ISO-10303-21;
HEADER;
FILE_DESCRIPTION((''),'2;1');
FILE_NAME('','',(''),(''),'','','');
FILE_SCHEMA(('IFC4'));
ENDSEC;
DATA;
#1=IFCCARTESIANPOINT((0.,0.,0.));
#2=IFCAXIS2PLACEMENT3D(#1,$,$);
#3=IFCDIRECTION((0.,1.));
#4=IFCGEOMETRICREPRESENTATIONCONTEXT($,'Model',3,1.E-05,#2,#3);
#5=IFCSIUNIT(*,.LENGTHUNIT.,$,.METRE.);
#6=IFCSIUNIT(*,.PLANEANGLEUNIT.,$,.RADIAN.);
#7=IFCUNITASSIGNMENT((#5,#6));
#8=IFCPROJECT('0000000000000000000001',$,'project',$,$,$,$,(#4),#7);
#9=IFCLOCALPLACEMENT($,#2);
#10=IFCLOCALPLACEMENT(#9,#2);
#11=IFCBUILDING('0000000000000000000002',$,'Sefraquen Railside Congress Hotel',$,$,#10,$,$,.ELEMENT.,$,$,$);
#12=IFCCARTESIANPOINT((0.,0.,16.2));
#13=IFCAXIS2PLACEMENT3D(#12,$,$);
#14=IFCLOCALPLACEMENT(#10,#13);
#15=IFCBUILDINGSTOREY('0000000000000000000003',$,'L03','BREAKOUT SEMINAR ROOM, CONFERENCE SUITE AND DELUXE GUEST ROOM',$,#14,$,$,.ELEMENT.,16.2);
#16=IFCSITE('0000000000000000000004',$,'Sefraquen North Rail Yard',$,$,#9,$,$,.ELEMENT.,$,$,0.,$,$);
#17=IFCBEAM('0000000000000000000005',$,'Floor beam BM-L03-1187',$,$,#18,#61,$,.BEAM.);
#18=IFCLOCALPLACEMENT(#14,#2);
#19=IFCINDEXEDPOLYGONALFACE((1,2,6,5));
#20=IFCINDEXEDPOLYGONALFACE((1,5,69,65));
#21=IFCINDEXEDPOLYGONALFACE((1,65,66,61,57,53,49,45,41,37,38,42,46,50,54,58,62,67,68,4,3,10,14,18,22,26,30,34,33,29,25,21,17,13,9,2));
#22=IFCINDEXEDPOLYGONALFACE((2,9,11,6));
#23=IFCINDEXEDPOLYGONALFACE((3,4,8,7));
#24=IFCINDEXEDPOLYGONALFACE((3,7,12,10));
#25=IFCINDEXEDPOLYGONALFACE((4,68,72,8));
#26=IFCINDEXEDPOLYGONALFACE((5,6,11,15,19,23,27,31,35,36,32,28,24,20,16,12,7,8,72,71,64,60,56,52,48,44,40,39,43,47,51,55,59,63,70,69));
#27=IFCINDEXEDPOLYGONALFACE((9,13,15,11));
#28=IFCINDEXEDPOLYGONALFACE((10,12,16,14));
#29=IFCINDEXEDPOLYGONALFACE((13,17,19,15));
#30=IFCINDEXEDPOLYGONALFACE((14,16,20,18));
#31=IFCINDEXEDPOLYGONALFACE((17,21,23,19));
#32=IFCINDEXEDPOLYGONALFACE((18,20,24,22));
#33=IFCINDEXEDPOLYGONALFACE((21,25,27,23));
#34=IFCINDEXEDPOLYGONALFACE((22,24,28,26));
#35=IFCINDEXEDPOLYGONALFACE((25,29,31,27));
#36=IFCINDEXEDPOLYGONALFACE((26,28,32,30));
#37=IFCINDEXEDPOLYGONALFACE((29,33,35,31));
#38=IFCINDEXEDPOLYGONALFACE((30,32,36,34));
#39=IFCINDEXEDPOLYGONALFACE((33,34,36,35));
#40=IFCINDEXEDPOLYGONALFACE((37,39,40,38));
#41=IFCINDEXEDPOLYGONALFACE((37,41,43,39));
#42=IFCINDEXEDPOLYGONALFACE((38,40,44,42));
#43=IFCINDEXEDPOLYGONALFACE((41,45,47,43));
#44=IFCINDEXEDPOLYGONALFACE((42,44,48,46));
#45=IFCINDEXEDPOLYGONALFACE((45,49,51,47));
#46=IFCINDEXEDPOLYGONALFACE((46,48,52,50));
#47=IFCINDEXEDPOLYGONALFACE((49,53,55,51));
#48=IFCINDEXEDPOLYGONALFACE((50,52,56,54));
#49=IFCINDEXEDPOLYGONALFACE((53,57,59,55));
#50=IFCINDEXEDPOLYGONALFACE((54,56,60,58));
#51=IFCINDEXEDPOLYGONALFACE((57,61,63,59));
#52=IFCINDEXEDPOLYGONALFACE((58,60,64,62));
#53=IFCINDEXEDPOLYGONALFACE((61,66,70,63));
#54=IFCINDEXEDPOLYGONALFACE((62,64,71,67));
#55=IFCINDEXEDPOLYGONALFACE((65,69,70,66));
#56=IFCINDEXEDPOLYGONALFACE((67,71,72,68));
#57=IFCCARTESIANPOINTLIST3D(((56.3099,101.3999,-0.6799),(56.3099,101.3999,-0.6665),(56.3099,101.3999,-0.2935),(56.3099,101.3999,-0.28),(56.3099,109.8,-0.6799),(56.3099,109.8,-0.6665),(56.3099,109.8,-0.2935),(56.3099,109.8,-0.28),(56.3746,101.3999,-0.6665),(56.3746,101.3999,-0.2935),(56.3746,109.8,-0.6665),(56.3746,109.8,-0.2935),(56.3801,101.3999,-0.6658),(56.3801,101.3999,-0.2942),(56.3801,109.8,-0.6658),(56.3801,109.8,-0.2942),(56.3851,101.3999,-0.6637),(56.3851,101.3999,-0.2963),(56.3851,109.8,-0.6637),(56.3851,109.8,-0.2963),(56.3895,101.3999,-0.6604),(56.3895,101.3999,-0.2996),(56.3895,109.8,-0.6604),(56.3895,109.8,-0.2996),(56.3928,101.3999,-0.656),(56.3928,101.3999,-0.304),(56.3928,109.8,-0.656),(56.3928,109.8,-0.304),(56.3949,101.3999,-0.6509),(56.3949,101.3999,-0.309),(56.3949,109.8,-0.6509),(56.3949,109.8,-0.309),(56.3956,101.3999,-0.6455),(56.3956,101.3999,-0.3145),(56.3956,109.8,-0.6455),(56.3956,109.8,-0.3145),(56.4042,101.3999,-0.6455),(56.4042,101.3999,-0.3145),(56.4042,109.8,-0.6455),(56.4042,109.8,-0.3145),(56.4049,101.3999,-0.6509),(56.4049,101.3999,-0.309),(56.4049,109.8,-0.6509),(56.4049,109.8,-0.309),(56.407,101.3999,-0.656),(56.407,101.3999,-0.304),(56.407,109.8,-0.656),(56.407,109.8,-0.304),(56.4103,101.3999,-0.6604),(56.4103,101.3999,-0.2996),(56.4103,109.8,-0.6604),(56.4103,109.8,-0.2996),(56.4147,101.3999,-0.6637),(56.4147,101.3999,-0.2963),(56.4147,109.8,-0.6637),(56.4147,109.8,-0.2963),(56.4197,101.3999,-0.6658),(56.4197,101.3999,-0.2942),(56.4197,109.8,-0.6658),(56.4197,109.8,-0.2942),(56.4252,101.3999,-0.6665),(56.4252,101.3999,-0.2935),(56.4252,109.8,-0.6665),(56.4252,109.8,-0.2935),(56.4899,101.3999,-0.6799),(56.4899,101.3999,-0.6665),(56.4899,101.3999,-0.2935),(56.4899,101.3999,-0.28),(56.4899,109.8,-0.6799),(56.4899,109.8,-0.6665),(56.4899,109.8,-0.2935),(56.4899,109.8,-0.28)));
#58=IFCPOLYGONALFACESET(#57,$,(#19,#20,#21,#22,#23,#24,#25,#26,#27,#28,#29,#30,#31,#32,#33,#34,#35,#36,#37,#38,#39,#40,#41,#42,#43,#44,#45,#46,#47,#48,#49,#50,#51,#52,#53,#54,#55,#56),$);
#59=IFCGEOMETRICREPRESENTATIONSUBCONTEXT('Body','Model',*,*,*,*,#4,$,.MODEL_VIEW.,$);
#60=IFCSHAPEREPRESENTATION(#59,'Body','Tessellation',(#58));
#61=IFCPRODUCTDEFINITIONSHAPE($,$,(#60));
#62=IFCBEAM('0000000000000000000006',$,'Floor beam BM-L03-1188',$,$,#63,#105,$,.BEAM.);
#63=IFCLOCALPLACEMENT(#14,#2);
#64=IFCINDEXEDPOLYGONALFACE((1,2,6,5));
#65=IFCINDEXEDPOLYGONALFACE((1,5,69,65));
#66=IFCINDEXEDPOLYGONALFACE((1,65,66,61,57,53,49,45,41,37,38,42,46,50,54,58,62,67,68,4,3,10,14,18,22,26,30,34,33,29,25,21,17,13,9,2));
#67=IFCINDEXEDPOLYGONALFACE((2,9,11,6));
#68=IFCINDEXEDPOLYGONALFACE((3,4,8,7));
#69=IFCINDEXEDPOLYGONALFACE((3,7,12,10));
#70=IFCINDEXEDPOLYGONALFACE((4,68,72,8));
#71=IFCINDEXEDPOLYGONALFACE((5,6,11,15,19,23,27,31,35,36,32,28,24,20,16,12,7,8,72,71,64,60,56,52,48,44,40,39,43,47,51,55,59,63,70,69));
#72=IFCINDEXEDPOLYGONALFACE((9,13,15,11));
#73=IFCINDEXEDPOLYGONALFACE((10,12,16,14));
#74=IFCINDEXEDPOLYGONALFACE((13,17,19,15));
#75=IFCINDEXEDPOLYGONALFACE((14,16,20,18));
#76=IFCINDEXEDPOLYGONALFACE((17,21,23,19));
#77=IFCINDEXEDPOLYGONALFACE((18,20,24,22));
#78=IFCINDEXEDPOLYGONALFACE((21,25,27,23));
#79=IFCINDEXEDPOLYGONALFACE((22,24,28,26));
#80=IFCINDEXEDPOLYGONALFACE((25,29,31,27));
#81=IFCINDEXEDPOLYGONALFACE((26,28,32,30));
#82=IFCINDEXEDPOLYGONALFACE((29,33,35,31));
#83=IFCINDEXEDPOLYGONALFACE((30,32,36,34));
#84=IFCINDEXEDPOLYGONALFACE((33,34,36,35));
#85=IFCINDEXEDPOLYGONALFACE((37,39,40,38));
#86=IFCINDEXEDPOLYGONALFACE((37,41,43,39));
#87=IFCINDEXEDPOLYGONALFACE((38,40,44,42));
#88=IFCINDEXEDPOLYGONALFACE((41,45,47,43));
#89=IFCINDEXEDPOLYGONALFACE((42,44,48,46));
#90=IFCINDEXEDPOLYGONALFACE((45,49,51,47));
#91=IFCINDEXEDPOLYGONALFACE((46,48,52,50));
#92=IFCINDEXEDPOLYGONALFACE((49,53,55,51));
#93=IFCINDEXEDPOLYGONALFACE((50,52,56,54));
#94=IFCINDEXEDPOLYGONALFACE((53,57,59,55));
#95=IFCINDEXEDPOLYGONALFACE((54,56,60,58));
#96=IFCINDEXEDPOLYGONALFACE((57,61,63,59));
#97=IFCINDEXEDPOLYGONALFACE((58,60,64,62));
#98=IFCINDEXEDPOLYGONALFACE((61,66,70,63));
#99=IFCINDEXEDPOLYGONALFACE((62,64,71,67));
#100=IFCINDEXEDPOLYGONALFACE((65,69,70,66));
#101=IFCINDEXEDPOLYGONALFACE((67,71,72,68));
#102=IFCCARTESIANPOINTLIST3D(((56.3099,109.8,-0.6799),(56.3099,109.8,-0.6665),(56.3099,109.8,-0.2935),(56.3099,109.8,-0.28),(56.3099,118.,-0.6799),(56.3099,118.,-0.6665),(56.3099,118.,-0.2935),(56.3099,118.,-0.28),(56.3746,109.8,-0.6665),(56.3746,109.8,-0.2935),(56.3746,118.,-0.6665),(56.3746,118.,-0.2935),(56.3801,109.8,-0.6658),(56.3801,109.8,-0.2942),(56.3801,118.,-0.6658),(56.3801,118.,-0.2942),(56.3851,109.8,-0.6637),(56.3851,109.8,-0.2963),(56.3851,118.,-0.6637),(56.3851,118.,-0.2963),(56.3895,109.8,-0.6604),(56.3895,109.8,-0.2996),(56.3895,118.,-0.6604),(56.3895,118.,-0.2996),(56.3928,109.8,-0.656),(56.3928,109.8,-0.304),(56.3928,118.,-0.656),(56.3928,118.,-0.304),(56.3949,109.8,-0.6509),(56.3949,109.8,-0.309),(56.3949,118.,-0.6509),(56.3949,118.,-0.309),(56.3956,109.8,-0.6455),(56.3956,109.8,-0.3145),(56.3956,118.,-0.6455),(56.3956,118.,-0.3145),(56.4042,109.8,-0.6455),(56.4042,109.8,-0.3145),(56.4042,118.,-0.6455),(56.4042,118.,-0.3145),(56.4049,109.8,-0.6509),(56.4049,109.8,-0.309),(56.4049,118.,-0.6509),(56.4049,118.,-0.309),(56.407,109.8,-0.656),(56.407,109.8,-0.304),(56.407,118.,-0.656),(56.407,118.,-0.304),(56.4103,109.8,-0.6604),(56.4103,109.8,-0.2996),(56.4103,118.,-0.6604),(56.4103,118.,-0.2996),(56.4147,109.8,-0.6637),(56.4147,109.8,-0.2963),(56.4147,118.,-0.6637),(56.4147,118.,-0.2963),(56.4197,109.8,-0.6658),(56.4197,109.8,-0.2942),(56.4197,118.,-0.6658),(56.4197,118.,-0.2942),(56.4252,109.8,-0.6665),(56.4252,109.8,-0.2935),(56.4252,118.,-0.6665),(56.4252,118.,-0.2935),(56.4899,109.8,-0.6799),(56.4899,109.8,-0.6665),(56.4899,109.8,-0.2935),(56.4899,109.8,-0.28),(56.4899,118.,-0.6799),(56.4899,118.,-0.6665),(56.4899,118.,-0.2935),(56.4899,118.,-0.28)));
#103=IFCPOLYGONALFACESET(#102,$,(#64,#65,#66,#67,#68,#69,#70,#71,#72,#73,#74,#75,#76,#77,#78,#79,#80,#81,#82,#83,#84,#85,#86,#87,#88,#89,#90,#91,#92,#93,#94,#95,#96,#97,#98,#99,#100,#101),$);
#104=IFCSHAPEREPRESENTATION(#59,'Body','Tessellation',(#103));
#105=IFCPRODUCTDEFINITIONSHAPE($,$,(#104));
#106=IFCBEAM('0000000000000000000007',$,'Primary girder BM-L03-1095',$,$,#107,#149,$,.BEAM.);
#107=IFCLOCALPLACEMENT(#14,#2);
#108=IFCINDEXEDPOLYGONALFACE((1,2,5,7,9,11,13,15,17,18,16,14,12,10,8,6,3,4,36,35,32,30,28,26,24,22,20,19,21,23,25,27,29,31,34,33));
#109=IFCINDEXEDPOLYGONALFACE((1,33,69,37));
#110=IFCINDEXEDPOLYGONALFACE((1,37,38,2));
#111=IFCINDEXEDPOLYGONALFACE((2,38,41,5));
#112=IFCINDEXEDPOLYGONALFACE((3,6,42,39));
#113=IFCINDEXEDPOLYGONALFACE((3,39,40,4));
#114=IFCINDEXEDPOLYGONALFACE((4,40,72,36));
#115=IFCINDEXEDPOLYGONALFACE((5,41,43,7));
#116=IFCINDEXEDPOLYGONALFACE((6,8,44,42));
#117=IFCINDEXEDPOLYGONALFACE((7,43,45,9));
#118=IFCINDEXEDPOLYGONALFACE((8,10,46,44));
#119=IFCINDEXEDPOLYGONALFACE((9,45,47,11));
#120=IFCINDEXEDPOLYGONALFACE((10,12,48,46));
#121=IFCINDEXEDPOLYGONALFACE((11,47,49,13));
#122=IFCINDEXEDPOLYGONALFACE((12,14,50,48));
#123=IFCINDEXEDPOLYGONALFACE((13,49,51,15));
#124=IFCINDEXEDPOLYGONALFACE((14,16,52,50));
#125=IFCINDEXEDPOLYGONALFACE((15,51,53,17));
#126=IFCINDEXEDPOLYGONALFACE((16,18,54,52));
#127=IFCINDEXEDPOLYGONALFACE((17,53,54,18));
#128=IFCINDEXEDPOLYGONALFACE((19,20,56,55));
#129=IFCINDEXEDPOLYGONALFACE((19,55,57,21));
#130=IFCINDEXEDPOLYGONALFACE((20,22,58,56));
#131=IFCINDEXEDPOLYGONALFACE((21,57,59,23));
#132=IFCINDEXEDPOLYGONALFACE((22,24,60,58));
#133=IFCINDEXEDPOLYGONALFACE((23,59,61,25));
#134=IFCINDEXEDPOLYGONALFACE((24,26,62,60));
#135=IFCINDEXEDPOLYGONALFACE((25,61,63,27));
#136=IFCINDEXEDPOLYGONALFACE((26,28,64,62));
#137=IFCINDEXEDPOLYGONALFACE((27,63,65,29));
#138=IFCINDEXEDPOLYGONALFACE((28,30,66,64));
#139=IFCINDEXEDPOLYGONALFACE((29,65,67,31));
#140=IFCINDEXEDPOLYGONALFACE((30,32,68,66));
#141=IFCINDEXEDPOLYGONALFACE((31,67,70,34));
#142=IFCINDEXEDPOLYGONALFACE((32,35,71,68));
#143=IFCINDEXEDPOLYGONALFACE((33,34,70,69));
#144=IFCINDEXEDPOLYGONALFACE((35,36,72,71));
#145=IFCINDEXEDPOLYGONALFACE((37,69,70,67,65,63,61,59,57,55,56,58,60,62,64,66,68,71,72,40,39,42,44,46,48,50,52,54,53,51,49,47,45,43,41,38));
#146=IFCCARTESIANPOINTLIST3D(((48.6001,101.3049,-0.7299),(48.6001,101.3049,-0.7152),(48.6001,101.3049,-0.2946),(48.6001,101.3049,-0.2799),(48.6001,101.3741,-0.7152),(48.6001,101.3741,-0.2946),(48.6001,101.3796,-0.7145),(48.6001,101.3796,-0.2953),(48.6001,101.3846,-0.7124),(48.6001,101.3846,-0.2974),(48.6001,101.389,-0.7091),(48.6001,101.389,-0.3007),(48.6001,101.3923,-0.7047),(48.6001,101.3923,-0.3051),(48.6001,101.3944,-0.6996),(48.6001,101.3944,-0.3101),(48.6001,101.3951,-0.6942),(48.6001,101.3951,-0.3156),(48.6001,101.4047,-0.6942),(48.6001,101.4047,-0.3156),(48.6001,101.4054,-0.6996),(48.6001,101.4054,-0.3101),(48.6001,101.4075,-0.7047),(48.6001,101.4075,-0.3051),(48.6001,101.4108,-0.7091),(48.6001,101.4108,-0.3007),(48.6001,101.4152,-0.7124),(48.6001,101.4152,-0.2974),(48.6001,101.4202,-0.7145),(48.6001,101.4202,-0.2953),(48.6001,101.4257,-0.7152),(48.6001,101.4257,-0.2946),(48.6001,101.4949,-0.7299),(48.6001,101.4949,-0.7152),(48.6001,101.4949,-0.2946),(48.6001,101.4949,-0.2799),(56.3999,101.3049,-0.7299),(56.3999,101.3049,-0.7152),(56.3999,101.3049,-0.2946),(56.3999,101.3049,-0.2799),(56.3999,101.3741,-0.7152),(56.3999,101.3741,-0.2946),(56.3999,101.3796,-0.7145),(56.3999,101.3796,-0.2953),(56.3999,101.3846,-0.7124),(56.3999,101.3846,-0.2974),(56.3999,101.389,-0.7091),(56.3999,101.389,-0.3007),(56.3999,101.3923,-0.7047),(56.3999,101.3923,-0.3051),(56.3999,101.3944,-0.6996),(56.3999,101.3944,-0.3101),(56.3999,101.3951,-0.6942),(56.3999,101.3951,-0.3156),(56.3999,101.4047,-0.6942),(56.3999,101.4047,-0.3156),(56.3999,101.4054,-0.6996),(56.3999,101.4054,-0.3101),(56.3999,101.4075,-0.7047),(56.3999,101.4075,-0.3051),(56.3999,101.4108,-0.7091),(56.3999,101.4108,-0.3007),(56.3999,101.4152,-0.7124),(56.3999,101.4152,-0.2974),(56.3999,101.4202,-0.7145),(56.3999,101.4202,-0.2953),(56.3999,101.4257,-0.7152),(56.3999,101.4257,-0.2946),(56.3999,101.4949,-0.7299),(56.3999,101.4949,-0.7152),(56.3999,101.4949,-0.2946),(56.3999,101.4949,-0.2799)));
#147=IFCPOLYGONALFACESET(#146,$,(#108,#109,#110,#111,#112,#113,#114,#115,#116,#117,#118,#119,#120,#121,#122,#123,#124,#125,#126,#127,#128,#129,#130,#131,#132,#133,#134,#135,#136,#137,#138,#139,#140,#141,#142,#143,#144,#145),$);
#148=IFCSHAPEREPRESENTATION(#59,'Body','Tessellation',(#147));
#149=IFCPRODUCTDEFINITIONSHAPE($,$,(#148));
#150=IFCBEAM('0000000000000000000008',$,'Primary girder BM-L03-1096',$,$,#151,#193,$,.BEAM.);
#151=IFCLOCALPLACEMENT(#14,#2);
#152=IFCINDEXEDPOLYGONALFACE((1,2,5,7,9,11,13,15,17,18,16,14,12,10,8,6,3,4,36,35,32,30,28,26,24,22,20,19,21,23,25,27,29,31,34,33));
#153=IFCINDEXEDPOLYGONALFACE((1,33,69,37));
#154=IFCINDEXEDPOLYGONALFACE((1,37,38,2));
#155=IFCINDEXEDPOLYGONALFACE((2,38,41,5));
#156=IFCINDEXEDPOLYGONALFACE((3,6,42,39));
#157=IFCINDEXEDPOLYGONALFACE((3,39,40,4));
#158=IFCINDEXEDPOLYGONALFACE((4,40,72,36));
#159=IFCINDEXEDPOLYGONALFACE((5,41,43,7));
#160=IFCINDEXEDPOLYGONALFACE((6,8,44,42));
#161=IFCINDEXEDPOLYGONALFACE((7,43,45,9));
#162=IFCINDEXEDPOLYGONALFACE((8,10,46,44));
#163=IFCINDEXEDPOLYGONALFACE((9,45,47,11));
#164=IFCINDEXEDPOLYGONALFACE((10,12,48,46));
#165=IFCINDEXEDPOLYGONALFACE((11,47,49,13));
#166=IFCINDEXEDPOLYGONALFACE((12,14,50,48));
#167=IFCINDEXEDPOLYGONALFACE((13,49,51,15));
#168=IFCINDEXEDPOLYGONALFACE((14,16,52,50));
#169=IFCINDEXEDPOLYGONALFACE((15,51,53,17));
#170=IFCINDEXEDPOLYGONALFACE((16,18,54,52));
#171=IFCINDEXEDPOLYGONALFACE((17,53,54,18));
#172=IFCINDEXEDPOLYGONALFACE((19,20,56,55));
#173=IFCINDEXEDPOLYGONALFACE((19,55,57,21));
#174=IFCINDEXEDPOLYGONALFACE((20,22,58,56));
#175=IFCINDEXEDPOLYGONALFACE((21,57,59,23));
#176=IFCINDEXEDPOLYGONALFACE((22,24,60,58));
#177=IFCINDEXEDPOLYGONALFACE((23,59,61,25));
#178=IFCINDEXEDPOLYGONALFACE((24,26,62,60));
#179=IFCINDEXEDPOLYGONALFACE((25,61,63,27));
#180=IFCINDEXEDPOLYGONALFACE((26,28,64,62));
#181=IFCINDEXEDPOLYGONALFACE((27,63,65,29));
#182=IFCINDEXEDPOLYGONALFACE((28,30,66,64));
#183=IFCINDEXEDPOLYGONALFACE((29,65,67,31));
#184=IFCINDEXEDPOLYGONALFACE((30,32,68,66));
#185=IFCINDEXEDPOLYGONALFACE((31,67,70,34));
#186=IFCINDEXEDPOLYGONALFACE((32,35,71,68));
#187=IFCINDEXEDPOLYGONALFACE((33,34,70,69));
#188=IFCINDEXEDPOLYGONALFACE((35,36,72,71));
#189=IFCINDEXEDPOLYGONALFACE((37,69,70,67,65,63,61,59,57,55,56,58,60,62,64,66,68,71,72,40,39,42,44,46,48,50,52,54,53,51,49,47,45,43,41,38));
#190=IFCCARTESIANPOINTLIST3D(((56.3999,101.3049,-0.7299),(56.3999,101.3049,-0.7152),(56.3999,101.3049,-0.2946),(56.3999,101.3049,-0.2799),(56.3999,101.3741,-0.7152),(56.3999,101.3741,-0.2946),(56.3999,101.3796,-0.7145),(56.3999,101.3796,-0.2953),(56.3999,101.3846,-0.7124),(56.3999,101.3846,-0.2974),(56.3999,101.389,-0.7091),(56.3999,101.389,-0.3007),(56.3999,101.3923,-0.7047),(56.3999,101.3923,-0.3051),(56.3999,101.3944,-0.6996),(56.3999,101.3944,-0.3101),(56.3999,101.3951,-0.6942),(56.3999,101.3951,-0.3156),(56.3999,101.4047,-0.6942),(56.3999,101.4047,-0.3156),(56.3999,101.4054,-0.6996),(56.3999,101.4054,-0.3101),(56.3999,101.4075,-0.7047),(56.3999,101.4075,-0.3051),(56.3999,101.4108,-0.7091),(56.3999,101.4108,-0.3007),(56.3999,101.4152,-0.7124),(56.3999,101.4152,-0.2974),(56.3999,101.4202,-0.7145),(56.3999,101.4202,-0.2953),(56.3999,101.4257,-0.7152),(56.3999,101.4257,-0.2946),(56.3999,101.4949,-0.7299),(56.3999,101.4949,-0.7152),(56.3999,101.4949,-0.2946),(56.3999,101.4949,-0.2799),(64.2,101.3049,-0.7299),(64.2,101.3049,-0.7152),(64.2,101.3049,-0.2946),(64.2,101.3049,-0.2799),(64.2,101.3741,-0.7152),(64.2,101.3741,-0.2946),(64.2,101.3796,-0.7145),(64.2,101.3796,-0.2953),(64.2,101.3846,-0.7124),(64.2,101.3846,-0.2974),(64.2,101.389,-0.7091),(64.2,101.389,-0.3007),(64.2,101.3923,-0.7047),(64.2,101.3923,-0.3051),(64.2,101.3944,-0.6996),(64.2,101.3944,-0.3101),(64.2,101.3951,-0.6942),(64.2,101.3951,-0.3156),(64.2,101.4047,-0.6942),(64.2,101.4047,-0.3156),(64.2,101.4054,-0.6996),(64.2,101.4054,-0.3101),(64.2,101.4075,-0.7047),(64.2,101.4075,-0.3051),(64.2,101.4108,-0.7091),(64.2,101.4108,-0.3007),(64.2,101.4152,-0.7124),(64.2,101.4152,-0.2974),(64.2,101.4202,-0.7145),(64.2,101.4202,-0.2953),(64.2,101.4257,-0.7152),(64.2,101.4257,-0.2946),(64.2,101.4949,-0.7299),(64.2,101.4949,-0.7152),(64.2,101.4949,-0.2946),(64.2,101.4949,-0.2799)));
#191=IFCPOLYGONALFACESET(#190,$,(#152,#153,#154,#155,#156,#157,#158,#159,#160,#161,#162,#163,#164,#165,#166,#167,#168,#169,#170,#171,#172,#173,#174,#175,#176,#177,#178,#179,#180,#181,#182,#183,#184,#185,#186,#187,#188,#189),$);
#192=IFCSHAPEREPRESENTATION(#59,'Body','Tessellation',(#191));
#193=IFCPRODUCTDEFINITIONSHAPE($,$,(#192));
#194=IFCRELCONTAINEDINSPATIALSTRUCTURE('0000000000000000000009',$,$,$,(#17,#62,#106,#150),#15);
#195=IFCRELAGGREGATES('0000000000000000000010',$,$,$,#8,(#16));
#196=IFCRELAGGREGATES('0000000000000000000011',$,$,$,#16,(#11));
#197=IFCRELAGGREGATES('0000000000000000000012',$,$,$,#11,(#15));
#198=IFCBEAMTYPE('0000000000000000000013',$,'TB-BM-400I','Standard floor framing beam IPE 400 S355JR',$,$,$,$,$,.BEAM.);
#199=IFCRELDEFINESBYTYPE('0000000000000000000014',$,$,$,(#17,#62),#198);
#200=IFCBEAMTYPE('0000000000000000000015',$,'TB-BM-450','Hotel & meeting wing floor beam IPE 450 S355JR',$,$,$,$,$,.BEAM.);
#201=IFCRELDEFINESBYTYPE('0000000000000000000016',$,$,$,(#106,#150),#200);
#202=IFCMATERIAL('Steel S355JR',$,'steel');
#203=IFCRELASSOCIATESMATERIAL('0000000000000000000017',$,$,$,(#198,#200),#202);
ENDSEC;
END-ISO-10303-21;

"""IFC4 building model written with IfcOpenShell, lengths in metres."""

from ifc_helpers import new_model, si_unit, direction, frame, origin, origin_2d, place, context, subcontext, project, spatial, i_section, extrude, material, material_profile, profile_set, type_object, element, save


model = new_model("IFC4")

# Units and contexts
model_context = context("Model", 3, precision=1e-05, world=origin(), true_north=direction((0.0, 1.0)))
body_context = subcontext(model_context, "Body", "Model", "MODEL_VIEW")
ifc_project = project(units=[si_unit("LENGTHUNIT", "METRE"), si_unit("PLANEANGLEUNIT", "RADIAN")], contexts=[model_context])

# Site, building, storey
site_placement = place(None, origin())
site = spatial("IfcSite", under=ifc_project, at=site_placement, Name="Sefraquen North Rail Yard", CompositionType="ELEMENT", RefElevation=0.0)
building_placement = place(site_placement, origin())
building = spatial("IfcBuilding", under=site, at=building_placement, Name="Sefraquen Railside Congress Hotel", CompositionType="ELEMENT")
storey_placement = place(building_placement, frame((0.0, 0.0, 16.2)))
storey = spatial("IfcBuildingStorey", under=building, at=storey_placement, Name="L03", Description="BREAKOUT SEMINAR ROOM, CONFERENCE SUITE AND DELUXE GUEST ROOM", CompositionType="ELEMENT", Elevation=16.2)

# Shared definitions
ifc_material_1 = material(Name="Steel S355JR", Category="steel")

# Beams
ifc_material_profile_1 = material_profile(ifc_material_1, i_section(OverallWidth=0.1799, OverallDepth=0.3999, WebThickness=0.0085, FlangeThickness=0.0134, FilletRadius=0.021, at=origin_2d()), Name="IPE 400")
ifc_profile_set_1 = profile_set([ifc_material_profile_1], Name="Steel S355JR")
beam_type_1 = type_object("IfcBeamType", Name="TB-BM-400I", Description="Standard floor framing beam IPE 400 S355JR", PredefinedType="BEAM", material=ifc_profile_set_1)
beam_1_placement = place(storey_placement, frame((56.3999, 101.3999, -0.48), z_axis=(0.0, 1.0, 0.0), x_axis=(-1.0, 0.0, 0.0)))
element("IfcBeam", 1, at=beam_1_placement, inside=storey, type_object=beam_type_1, Name="Floor beam BM-L03-1187", PredefinedType="BEAM", context=body_context, shape_type="SweptSolid", body=[
    extrude(i_section(OverallWidth=0.1799, OverallDepth=0.3999, WebThickness=0.0085, FlangeThickness=0.0134, FilletRadius=0.021, at=origin_2d()), origin(), (0.0, 0.0, 1.0), 8.4001),
])
beam_2_placement = place(storey_placement, frame((56.3999, 109.8, -0.48), z_axis=(0.0, 1.0, 0.0), x_axis=(-1.0, 0.0, 0.0)))
element("IfcBeam", 2, at=beam_2_placement, inside=storey, type_object=beam_type_1, Name="Floor beam BM-L03-1188", PredefinedType="BEAM", context=body_context, shape_type="SweptSolid", body=[
    extrude(i_section(OverallWidth=0.1799, OverallDepth=0.3999, WebThickness=0.0085, FlangeThickness=0.0134, FilletRadius=0.021, at=origin_2d()), origin(), (0.0, 0.0, 1.0), 8.2),
])
ifc_material_profile_2 = material_profile(ifc_material_1, i_section(OverallWidth=0.1899, OverallDepth=0.45, WebThickness=0.0095, FlangeThickness=0.0146, FilletRadius=0.021, at=origin_2d()), Name="IPE 450")
ifc_profile_set_2 = profile_set([ifc_material_profile_2], Name="Steel S355JR")
beam_type_2 = type_object("IfcBeamType", Name="TB-BM-450", Description="Hotel & meeting wing floor beam IPE 450 S355JR", PredefinedType="BEAM", material=ifc_profile_set_2)
beam_3_placement = place(storey_placement, frame((48.6001, 101.3999, -0.5049), z_axis=(1.0, 0.0, 0.0), x_axis=(0.0, 1.0, 0.0)))
element("IfcBeam", 3, at=beam_3_placement, inside=storey, type_object=beam_type_2, Name="Primary girder BM-L03-1095", PredefinedType="BEAM", context=body_context, shape_type="SweptSolid", body=[
    extrude(i_section(OverallWidth=0.1899, OverallDepth=0.45, WebThickness=0.0095, FlangeThickness=0.0146, FilletRadius=0.021, at=origin_2d()), origin(), (0.0, 0.0, 1.0), 7.7998),
])
beam_4_placement = place(storey_placement, frame((56.3999, 101.3999, -0.5049), z_axis=(1.0, 0.0, 0.0), x_axis=(0.0, 1.0, 0.0)))
element("IfcBeam", 4, at=beam_4_placement, inside=storey, type_object=beam_type_2, Name="Primary girder BM-L03-1096", PredefinedType="BEAM", context=body_context, shape_type="SweptSolid", body=[
    extrude(i_section(OverallWidth=0.1899, OverallDepth=0.45, WebThickness=0.0095, FlangeThickness=0.0146, FilletRadius=0.021, at=origin_2d()), origin(), (0.0, 0.0, 1.0), 7.8),
])

save(model, "model.ifc")
